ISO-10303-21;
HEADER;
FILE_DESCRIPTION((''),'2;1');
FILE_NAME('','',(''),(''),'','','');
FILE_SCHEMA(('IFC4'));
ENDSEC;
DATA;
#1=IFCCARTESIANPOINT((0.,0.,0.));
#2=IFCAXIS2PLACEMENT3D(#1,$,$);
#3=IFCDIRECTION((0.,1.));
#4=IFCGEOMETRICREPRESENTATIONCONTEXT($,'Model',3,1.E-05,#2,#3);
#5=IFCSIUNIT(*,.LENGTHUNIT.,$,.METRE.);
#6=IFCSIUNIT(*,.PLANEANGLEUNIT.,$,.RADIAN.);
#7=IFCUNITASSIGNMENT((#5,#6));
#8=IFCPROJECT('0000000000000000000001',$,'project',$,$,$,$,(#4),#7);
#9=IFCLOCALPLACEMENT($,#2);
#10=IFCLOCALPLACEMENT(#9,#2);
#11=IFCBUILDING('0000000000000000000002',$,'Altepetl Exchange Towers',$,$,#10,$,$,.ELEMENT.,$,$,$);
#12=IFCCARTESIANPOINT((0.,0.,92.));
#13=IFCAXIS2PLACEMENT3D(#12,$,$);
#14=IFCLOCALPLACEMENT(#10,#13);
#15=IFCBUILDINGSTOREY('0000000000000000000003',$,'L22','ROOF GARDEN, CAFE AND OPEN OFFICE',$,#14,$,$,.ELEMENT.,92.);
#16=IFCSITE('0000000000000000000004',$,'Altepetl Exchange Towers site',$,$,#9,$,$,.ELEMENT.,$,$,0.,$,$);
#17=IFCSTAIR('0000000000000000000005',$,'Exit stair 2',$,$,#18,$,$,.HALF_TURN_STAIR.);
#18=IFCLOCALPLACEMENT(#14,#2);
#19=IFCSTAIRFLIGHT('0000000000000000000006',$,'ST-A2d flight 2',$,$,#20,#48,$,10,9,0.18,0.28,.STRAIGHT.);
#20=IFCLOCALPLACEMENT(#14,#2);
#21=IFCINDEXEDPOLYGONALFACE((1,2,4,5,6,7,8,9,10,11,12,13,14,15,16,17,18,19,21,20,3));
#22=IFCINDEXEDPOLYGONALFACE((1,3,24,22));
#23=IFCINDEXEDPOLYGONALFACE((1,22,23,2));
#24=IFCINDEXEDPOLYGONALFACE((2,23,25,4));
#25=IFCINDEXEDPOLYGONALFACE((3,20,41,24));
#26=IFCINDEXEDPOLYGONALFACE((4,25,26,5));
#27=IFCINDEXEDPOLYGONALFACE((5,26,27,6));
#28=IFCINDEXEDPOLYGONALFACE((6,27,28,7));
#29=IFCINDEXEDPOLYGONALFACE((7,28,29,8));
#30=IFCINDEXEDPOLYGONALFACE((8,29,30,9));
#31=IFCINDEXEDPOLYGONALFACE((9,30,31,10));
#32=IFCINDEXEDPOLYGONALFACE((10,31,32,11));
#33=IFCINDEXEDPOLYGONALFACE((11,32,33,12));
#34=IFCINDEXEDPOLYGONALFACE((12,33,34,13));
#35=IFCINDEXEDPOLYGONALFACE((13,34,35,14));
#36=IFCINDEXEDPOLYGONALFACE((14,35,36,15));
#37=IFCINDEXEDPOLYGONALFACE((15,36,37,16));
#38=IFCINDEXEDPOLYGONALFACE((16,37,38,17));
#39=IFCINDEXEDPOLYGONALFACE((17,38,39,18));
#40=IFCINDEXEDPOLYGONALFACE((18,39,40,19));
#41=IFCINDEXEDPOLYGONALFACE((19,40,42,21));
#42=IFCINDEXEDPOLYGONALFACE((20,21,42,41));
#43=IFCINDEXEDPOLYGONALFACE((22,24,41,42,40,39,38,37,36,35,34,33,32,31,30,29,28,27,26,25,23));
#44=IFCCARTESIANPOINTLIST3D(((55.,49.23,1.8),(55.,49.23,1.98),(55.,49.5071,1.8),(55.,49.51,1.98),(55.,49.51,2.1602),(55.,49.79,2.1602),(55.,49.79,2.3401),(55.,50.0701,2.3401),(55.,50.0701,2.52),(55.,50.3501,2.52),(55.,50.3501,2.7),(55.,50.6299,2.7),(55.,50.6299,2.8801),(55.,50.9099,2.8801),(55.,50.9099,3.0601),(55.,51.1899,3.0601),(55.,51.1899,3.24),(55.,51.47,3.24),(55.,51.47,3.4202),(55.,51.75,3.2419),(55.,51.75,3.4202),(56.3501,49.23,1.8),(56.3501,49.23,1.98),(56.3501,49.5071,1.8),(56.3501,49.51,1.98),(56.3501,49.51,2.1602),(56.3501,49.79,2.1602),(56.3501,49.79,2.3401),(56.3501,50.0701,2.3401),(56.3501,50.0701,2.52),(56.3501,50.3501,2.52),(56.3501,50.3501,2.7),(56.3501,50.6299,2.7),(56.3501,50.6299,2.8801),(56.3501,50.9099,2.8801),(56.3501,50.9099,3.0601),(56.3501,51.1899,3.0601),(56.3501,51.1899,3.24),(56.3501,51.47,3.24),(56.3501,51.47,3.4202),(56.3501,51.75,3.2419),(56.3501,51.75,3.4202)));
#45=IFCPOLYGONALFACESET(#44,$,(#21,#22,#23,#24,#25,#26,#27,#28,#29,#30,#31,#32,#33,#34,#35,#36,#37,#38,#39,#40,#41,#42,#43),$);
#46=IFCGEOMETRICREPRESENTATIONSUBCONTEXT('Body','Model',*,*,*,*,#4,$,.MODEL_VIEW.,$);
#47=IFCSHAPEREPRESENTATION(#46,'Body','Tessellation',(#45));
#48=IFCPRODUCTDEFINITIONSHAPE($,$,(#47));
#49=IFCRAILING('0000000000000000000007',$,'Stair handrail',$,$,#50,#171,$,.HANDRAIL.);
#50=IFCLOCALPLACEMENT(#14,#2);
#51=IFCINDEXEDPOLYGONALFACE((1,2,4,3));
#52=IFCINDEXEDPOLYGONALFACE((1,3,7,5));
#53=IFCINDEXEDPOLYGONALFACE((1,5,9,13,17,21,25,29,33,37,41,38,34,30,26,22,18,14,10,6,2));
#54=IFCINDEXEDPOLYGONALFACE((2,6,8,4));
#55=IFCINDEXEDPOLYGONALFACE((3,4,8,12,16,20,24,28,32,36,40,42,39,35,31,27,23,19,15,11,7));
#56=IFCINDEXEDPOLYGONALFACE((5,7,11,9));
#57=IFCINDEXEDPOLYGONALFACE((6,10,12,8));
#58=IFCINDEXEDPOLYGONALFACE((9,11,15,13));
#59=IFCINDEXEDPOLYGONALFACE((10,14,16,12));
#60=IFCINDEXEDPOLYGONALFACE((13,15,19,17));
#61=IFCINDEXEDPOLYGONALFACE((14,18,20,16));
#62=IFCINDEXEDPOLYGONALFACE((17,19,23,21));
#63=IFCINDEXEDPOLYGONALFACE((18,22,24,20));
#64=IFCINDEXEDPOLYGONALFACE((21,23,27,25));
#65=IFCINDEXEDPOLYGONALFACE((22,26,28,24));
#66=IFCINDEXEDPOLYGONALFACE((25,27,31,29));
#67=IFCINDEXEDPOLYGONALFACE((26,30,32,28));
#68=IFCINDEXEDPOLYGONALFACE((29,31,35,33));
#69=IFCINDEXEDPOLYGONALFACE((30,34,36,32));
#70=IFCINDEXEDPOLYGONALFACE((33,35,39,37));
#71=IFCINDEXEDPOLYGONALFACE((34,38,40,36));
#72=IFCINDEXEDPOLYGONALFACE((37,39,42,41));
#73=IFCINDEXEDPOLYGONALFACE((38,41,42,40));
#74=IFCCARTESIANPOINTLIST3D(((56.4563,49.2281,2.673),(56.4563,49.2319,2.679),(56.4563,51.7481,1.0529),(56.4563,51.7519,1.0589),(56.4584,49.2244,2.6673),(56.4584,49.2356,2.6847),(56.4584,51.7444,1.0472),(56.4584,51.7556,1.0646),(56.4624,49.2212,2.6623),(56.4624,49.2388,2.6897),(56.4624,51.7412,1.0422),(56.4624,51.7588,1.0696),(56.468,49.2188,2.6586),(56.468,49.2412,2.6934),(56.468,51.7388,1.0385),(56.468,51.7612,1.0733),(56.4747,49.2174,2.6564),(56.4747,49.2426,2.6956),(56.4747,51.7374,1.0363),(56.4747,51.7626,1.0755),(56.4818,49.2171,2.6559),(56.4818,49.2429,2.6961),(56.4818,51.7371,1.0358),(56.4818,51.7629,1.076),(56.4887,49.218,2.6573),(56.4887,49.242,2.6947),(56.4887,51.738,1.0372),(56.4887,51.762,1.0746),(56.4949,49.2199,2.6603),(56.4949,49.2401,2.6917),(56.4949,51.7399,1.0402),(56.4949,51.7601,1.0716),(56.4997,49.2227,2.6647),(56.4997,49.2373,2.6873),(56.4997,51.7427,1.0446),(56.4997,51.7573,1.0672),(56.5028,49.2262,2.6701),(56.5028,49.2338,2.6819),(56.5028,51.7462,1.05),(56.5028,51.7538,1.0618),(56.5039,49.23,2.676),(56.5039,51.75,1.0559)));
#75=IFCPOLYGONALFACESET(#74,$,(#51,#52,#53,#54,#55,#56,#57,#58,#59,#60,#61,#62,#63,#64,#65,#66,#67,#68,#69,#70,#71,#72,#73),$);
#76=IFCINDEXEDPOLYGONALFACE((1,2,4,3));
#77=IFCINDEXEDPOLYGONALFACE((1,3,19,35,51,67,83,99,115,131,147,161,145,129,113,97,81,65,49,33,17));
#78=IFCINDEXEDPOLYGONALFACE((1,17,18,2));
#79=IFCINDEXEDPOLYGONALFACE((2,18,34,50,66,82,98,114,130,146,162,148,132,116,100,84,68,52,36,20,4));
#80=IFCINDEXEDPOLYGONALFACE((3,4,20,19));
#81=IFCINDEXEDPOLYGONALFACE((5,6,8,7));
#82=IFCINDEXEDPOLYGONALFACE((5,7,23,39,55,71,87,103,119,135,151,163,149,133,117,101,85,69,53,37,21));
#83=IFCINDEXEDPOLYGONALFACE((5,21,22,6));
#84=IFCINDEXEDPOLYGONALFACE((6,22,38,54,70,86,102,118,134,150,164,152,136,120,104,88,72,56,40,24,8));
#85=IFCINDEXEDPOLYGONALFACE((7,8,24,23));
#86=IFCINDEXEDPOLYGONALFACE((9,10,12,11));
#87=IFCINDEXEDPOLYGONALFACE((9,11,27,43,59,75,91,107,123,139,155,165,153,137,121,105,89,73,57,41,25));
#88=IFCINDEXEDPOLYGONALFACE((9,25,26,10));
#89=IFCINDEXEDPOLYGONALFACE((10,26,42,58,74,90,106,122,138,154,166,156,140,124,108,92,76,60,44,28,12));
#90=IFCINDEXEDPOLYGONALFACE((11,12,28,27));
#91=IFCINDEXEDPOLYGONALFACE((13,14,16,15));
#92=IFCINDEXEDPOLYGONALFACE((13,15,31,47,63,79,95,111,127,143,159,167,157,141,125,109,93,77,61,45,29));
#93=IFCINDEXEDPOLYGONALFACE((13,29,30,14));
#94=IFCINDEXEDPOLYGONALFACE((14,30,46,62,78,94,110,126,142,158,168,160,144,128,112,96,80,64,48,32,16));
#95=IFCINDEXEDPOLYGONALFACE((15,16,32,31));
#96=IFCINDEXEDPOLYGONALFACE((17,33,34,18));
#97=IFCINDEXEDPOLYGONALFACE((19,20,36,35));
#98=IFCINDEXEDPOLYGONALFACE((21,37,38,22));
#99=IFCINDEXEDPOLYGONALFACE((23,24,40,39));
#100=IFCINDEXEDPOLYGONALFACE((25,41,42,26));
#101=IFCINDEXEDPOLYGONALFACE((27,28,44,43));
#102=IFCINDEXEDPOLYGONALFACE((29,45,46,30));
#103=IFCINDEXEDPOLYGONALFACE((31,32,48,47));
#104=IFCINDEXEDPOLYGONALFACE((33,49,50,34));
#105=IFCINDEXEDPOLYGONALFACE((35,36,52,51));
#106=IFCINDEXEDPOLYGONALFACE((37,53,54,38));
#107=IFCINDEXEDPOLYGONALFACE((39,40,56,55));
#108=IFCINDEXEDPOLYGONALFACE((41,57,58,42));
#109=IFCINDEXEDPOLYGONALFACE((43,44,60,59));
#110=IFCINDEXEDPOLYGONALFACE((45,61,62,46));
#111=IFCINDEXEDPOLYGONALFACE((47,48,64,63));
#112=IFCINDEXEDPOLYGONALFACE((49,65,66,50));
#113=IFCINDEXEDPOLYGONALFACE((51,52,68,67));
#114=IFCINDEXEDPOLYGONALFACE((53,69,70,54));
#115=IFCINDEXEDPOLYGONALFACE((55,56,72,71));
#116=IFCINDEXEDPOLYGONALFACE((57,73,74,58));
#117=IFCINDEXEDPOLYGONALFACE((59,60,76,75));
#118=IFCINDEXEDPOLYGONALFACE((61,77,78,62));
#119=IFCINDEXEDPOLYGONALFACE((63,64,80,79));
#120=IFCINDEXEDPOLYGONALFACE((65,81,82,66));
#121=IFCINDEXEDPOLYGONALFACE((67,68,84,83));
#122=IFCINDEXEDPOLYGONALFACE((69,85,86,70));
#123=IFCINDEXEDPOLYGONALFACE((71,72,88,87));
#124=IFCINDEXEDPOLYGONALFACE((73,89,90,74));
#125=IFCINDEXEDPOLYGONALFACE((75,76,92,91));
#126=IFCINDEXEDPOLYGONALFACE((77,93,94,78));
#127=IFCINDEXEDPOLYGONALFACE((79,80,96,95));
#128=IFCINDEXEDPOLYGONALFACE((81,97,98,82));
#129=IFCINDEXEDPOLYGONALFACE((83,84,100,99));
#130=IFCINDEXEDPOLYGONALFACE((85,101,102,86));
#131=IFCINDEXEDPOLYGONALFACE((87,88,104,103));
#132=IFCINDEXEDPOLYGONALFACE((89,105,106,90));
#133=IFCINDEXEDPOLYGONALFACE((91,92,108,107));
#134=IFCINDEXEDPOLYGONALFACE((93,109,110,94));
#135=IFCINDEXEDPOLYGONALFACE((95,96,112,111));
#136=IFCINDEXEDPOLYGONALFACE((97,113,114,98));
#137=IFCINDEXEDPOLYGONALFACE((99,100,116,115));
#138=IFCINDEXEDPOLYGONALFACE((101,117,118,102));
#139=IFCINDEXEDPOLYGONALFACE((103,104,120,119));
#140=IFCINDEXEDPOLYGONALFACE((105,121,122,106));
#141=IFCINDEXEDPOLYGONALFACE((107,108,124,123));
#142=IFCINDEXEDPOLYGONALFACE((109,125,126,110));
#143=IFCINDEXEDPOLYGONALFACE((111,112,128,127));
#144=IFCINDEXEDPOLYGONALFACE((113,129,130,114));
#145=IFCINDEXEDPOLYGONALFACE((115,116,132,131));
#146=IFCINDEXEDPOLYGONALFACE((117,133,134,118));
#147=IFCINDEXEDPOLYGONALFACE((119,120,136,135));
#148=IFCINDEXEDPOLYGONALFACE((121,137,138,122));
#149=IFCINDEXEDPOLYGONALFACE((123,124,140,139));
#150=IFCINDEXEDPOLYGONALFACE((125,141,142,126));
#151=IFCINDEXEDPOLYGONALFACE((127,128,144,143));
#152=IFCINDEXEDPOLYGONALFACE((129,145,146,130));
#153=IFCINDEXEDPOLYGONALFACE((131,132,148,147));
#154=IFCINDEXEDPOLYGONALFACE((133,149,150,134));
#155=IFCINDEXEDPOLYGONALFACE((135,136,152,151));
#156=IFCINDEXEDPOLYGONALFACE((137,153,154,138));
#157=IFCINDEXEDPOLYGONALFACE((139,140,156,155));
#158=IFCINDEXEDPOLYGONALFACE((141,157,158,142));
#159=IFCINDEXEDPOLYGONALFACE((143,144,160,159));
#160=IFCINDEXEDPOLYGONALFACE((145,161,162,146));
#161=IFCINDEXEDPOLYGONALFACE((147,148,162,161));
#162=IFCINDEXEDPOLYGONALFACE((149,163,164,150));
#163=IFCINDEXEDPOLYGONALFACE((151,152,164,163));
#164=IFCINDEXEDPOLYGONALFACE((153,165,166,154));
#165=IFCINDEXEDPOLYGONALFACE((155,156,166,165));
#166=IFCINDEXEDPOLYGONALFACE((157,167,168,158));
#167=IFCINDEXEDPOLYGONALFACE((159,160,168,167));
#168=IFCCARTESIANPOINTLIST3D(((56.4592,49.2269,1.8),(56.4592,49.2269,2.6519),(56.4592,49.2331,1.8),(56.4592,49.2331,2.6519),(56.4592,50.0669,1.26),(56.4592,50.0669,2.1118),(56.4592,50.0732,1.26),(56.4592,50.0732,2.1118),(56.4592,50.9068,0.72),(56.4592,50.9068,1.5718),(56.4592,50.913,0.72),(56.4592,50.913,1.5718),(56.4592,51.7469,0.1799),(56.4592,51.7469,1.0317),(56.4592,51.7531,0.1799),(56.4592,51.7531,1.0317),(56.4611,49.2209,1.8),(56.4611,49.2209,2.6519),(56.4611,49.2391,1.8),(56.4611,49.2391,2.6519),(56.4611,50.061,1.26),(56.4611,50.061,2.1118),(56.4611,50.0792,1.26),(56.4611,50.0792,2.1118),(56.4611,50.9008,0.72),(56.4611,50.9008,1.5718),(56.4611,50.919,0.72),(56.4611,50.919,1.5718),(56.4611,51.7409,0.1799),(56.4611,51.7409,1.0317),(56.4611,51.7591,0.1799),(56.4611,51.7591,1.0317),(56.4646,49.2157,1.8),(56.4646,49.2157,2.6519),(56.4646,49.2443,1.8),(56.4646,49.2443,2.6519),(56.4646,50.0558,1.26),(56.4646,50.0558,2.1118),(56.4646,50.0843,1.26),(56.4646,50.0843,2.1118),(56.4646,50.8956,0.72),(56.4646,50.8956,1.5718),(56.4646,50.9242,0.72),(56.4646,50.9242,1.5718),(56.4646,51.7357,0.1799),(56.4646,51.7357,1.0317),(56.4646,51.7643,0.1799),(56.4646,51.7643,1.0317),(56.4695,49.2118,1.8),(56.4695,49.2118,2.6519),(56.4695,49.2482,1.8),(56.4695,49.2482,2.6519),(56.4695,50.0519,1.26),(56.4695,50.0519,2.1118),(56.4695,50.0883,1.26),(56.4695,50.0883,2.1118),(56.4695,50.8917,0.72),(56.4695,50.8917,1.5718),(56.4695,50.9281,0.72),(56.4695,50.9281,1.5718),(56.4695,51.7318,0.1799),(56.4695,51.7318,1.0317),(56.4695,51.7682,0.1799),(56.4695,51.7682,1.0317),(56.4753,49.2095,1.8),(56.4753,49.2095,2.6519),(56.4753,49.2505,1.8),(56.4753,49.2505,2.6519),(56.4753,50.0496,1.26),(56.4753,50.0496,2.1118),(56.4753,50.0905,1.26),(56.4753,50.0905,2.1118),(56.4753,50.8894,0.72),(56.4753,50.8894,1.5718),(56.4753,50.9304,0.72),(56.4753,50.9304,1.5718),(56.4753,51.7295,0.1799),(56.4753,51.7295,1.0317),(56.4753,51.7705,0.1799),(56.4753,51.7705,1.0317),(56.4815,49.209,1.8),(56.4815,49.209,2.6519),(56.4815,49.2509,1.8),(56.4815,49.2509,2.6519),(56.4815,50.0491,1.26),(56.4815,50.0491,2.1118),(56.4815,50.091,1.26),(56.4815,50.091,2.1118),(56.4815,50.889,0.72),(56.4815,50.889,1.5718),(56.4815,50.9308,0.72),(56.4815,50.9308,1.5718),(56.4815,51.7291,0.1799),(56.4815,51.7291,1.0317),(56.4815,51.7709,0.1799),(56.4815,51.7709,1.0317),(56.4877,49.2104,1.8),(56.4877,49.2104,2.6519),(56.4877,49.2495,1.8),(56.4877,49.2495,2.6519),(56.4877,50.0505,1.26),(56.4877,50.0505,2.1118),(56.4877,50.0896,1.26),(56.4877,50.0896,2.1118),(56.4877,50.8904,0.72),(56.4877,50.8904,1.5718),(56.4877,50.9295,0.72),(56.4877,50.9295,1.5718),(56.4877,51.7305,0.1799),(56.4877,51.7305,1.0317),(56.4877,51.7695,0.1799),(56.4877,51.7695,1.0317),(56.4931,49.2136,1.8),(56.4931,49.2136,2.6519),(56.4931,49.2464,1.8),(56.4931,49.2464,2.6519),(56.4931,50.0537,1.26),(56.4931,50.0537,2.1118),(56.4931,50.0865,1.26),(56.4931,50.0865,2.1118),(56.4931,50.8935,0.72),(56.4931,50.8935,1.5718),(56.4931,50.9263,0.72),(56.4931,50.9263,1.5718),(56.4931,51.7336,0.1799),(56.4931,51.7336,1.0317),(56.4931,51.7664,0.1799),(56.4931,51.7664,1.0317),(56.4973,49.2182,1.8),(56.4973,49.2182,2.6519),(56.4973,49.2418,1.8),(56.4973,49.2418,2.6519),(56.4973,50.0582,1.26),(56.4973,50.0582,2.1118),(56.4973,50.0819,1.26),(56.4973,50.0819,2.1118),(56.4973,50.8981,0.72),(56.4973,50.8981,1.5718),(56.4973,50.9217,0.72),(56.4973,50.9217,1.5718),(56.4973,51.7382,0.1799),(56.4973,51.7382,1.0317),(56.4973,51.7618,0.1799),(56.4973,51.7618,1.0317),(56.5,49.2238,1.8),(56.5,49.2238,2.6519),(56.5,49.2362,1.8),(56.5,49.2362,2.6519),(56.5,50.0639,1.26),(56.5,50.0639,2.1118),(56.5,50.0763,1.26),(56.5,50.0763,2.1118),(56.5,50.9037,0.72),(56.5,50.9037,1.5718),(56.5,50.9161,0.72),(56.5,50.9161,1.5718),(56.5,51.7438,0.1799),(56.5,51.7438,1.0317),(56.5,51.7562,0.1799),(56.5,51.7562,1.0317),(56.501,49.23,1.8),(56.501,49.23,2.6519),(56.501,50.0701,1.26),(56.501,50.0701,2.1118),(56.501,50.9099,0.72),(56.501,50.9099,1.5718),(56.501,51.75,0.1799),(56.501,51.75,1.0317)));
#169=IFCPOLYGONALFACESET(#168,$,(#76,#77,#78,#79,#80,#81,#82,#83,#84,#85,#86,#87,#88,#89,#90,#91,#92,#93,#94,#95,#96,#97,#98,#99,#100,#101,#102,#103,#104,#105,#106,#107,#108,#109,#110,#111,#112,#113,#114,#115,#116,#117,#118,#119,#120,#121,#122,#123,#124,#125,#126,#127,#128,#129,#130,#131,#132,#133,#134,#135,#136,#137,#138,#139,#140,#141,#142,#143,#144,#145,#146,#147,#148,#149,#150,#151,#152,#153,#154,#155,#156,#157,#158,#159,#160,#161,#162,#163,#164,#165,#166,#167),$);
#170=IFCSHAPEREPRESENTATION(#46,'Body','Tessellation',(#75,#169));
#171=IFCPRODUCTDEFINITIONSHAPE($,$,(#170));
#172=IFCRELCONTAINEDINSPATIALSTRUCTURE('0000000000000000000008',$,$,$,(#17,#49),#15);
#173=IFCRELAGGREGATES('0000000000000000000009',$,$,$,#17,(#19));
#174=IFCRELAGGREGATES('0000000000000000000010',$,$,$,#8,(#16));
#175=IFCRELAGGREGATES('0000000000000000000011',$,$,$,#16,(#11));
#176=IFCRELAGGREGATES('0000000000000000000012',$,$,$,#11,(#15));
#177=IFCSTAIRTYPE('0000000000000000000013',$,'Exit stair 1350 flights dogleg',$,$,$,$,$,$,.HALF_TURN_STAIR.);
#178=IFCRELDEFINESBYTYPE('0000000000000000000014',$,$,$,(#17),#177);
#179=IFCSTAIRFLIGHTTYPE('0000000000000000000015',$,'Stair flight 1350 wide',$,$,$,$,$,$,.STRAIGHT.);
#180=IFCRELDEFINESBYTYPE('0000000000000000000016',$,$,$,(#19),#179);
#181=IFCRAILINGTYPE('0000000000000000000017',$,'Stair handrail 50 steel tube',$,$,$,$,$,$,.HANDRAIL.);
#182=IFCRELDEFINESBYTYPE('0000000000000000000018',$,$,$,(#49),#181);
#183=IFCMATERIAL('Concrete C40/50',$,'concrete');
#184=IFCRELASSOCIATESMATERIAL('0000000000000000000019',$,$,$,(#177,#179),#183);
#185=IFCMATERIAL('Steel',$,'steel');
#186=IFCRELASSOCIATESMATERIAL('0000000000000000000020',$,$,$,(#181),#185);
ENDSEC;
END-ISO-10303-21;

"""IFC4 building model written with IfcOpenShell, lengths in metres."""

from ifc_helpers import new_model, si_unit, direction, frame, origin, origin_2d, place, context, subcontext, project, spatial, polyline, circle, outline, extrude, source, transform, mapped, material, type_object, element, aggregate, save


model = new_model("IFC4")

# Units and contexts
model_context = context("Model", 3, precision=1e-05, world=origin(), true_north=direction((0.0, 1.0)))
body_context = subcontext(model_context, "Body", "Model", "MODEL_VIEW")
ifc_project = project(units=[si_unit("LENGTHUNIT", "METRE"), si_unit("PLANEANGLEUNIT", "RADIAN")], contexts=[model_context])

# Site, building, storey
site_placement = place(None, origin())
site = spatial("IfcSite", under=ifc_project, at=site_placement, Name="Altepetl Exchange Towers site", CompositionType="ELEMENT", RefElevation=0.0)
building_placement = place(site_placement, origin())
building = spatial("IfcBuilding", under=site, at=building_placement, Name="Altepetl Exchange Towers", CompositionType="ELEMENT")
storey_placement = place(building_placement, frame((0.0, 0.0, 92.0)))
storey = spatial("IfcBuildingStorey", under=building, at=storey_placement, Name="L22", Description="ROOF GARDEN, CAFE AND OPEN OFFICE", CompositionType="ELEMENT", Elevation=92.0)

# Shared definitions
ifc_material_1 = material(Name="Concrete C40/50", Category="concrete")

# Stair, stair flight
stair_type = type_object("IfcStairType", Name="Exit stair 1350 flights dogleg", PredefinedType="HALF_TURN_STAIR", material=ifc_material_1)
stair_placement = place(storey_placement, origin())
stair = element("IfcStair", 1, at=stair_placement, inside=storey, type_object=stair_type, Name="Exit stair 2", PredefinedType="HALF_TURN_STAIR")
stair_flight_type = type_object("IfcStairFlightType", Name="Stair flight 1350 wide", PredefinedType="STRAIGHT", material=ifc_material_1)
stair_flight_1_placement = place(storey_placement, frame((55.675, 49.23, 1.8), z_axis=(0.0, 0.0, 1.0), x_axis=(0.0, 1.0, 0.0)))
stair_flight_1 = element("IfcStairFlight", 2, at=stair_flight_1_placement, type_object=stair_flight_type, Name="ST-A2d flight 2", NumberOfRisers=10, NumberOfTreads=9, PredefinedType="STRAIGHT", RiserHeight=0.18, TreadLength=0.28, context=body_context, shape_type="SweptSolid", body=[
    extrude(outline(polyline([(0.0, 0.0), (0.0, 0.1799), (0.28, 0.1799), (0.28, 0.3601), (0.5601, 0.3601), (0.5601, 0.54), (0.8401, 0.54), (0.8401, 0.72), (1.1201, 0.72), (1.1201, 0.8999), (1.3999, 0.8999), (1.3999, 1.0801), (1.6799, 1.0801), (1.6799, 1.26), (1.96, 1.26), (1.96, 1.4399), (2.24, 1.4399), (2.24, 1.6201), (2.52, 1.6201), (2.52, 1.8), (2.52, 1.4419), (0.2771, 0.0), (0.0, 0.0)])), frame((0.0, 0.675, 0.0), z_axis=(0.0, -1.0, 0.0), x_axis=(1.0, 0.0, 0.0)), (0.0, 0.0, 1.0), 1.3501),
])
aggregate(stair, [stair_flight_1])

# Railing
ifc_material_2 = material(Name="Steel", Category="steel")
railing_type = type_object("IfcRailingType", Name="Stair handrail 50 steel tube", PredefinedType="HANDRAIL", material=ifc_material_2)
shared_shape = source(origin(), body_context, "Body", "SweptSolid", [
    extrude(circle(Radius=0.021, at=origin_2d()), origin(), (0.0, 0.0, 1.0), 0.8518),
])
railing_1_placement = place(storey_placement, frame((56.48, 51.75, 0.1799)))
element("IfcRailing", 3, at=railing_1_placement, inside=storey, type_object=railing_type, Name="Stair handrail", PredefinedType="HANDRAIL", context=body_context, shape_type="SweptSolid", body=[
    extrude(circle(Radius=0.0239, at=origin_2d()), frame((0.0, 0.0, 0.876), z_axis=(0.0, -0.841163, 0.540782), x_axis=(1.0, 0.0, 0.0)), (0.0, 0.0, 1.0), 2.9958),
    mapped(shared_shape, transform((0.0, 0.0, 0.0))),
    mapped(shared_shape, transform((0.0, -0.8401, 0.54))),
    mapped(shared_shape, transform((0.0, -1.6799, 1.0801))),
    mapped(shared_shape, transform((0.0, -2.52, 1.6201))),
])

save(model, "model.ifc")
